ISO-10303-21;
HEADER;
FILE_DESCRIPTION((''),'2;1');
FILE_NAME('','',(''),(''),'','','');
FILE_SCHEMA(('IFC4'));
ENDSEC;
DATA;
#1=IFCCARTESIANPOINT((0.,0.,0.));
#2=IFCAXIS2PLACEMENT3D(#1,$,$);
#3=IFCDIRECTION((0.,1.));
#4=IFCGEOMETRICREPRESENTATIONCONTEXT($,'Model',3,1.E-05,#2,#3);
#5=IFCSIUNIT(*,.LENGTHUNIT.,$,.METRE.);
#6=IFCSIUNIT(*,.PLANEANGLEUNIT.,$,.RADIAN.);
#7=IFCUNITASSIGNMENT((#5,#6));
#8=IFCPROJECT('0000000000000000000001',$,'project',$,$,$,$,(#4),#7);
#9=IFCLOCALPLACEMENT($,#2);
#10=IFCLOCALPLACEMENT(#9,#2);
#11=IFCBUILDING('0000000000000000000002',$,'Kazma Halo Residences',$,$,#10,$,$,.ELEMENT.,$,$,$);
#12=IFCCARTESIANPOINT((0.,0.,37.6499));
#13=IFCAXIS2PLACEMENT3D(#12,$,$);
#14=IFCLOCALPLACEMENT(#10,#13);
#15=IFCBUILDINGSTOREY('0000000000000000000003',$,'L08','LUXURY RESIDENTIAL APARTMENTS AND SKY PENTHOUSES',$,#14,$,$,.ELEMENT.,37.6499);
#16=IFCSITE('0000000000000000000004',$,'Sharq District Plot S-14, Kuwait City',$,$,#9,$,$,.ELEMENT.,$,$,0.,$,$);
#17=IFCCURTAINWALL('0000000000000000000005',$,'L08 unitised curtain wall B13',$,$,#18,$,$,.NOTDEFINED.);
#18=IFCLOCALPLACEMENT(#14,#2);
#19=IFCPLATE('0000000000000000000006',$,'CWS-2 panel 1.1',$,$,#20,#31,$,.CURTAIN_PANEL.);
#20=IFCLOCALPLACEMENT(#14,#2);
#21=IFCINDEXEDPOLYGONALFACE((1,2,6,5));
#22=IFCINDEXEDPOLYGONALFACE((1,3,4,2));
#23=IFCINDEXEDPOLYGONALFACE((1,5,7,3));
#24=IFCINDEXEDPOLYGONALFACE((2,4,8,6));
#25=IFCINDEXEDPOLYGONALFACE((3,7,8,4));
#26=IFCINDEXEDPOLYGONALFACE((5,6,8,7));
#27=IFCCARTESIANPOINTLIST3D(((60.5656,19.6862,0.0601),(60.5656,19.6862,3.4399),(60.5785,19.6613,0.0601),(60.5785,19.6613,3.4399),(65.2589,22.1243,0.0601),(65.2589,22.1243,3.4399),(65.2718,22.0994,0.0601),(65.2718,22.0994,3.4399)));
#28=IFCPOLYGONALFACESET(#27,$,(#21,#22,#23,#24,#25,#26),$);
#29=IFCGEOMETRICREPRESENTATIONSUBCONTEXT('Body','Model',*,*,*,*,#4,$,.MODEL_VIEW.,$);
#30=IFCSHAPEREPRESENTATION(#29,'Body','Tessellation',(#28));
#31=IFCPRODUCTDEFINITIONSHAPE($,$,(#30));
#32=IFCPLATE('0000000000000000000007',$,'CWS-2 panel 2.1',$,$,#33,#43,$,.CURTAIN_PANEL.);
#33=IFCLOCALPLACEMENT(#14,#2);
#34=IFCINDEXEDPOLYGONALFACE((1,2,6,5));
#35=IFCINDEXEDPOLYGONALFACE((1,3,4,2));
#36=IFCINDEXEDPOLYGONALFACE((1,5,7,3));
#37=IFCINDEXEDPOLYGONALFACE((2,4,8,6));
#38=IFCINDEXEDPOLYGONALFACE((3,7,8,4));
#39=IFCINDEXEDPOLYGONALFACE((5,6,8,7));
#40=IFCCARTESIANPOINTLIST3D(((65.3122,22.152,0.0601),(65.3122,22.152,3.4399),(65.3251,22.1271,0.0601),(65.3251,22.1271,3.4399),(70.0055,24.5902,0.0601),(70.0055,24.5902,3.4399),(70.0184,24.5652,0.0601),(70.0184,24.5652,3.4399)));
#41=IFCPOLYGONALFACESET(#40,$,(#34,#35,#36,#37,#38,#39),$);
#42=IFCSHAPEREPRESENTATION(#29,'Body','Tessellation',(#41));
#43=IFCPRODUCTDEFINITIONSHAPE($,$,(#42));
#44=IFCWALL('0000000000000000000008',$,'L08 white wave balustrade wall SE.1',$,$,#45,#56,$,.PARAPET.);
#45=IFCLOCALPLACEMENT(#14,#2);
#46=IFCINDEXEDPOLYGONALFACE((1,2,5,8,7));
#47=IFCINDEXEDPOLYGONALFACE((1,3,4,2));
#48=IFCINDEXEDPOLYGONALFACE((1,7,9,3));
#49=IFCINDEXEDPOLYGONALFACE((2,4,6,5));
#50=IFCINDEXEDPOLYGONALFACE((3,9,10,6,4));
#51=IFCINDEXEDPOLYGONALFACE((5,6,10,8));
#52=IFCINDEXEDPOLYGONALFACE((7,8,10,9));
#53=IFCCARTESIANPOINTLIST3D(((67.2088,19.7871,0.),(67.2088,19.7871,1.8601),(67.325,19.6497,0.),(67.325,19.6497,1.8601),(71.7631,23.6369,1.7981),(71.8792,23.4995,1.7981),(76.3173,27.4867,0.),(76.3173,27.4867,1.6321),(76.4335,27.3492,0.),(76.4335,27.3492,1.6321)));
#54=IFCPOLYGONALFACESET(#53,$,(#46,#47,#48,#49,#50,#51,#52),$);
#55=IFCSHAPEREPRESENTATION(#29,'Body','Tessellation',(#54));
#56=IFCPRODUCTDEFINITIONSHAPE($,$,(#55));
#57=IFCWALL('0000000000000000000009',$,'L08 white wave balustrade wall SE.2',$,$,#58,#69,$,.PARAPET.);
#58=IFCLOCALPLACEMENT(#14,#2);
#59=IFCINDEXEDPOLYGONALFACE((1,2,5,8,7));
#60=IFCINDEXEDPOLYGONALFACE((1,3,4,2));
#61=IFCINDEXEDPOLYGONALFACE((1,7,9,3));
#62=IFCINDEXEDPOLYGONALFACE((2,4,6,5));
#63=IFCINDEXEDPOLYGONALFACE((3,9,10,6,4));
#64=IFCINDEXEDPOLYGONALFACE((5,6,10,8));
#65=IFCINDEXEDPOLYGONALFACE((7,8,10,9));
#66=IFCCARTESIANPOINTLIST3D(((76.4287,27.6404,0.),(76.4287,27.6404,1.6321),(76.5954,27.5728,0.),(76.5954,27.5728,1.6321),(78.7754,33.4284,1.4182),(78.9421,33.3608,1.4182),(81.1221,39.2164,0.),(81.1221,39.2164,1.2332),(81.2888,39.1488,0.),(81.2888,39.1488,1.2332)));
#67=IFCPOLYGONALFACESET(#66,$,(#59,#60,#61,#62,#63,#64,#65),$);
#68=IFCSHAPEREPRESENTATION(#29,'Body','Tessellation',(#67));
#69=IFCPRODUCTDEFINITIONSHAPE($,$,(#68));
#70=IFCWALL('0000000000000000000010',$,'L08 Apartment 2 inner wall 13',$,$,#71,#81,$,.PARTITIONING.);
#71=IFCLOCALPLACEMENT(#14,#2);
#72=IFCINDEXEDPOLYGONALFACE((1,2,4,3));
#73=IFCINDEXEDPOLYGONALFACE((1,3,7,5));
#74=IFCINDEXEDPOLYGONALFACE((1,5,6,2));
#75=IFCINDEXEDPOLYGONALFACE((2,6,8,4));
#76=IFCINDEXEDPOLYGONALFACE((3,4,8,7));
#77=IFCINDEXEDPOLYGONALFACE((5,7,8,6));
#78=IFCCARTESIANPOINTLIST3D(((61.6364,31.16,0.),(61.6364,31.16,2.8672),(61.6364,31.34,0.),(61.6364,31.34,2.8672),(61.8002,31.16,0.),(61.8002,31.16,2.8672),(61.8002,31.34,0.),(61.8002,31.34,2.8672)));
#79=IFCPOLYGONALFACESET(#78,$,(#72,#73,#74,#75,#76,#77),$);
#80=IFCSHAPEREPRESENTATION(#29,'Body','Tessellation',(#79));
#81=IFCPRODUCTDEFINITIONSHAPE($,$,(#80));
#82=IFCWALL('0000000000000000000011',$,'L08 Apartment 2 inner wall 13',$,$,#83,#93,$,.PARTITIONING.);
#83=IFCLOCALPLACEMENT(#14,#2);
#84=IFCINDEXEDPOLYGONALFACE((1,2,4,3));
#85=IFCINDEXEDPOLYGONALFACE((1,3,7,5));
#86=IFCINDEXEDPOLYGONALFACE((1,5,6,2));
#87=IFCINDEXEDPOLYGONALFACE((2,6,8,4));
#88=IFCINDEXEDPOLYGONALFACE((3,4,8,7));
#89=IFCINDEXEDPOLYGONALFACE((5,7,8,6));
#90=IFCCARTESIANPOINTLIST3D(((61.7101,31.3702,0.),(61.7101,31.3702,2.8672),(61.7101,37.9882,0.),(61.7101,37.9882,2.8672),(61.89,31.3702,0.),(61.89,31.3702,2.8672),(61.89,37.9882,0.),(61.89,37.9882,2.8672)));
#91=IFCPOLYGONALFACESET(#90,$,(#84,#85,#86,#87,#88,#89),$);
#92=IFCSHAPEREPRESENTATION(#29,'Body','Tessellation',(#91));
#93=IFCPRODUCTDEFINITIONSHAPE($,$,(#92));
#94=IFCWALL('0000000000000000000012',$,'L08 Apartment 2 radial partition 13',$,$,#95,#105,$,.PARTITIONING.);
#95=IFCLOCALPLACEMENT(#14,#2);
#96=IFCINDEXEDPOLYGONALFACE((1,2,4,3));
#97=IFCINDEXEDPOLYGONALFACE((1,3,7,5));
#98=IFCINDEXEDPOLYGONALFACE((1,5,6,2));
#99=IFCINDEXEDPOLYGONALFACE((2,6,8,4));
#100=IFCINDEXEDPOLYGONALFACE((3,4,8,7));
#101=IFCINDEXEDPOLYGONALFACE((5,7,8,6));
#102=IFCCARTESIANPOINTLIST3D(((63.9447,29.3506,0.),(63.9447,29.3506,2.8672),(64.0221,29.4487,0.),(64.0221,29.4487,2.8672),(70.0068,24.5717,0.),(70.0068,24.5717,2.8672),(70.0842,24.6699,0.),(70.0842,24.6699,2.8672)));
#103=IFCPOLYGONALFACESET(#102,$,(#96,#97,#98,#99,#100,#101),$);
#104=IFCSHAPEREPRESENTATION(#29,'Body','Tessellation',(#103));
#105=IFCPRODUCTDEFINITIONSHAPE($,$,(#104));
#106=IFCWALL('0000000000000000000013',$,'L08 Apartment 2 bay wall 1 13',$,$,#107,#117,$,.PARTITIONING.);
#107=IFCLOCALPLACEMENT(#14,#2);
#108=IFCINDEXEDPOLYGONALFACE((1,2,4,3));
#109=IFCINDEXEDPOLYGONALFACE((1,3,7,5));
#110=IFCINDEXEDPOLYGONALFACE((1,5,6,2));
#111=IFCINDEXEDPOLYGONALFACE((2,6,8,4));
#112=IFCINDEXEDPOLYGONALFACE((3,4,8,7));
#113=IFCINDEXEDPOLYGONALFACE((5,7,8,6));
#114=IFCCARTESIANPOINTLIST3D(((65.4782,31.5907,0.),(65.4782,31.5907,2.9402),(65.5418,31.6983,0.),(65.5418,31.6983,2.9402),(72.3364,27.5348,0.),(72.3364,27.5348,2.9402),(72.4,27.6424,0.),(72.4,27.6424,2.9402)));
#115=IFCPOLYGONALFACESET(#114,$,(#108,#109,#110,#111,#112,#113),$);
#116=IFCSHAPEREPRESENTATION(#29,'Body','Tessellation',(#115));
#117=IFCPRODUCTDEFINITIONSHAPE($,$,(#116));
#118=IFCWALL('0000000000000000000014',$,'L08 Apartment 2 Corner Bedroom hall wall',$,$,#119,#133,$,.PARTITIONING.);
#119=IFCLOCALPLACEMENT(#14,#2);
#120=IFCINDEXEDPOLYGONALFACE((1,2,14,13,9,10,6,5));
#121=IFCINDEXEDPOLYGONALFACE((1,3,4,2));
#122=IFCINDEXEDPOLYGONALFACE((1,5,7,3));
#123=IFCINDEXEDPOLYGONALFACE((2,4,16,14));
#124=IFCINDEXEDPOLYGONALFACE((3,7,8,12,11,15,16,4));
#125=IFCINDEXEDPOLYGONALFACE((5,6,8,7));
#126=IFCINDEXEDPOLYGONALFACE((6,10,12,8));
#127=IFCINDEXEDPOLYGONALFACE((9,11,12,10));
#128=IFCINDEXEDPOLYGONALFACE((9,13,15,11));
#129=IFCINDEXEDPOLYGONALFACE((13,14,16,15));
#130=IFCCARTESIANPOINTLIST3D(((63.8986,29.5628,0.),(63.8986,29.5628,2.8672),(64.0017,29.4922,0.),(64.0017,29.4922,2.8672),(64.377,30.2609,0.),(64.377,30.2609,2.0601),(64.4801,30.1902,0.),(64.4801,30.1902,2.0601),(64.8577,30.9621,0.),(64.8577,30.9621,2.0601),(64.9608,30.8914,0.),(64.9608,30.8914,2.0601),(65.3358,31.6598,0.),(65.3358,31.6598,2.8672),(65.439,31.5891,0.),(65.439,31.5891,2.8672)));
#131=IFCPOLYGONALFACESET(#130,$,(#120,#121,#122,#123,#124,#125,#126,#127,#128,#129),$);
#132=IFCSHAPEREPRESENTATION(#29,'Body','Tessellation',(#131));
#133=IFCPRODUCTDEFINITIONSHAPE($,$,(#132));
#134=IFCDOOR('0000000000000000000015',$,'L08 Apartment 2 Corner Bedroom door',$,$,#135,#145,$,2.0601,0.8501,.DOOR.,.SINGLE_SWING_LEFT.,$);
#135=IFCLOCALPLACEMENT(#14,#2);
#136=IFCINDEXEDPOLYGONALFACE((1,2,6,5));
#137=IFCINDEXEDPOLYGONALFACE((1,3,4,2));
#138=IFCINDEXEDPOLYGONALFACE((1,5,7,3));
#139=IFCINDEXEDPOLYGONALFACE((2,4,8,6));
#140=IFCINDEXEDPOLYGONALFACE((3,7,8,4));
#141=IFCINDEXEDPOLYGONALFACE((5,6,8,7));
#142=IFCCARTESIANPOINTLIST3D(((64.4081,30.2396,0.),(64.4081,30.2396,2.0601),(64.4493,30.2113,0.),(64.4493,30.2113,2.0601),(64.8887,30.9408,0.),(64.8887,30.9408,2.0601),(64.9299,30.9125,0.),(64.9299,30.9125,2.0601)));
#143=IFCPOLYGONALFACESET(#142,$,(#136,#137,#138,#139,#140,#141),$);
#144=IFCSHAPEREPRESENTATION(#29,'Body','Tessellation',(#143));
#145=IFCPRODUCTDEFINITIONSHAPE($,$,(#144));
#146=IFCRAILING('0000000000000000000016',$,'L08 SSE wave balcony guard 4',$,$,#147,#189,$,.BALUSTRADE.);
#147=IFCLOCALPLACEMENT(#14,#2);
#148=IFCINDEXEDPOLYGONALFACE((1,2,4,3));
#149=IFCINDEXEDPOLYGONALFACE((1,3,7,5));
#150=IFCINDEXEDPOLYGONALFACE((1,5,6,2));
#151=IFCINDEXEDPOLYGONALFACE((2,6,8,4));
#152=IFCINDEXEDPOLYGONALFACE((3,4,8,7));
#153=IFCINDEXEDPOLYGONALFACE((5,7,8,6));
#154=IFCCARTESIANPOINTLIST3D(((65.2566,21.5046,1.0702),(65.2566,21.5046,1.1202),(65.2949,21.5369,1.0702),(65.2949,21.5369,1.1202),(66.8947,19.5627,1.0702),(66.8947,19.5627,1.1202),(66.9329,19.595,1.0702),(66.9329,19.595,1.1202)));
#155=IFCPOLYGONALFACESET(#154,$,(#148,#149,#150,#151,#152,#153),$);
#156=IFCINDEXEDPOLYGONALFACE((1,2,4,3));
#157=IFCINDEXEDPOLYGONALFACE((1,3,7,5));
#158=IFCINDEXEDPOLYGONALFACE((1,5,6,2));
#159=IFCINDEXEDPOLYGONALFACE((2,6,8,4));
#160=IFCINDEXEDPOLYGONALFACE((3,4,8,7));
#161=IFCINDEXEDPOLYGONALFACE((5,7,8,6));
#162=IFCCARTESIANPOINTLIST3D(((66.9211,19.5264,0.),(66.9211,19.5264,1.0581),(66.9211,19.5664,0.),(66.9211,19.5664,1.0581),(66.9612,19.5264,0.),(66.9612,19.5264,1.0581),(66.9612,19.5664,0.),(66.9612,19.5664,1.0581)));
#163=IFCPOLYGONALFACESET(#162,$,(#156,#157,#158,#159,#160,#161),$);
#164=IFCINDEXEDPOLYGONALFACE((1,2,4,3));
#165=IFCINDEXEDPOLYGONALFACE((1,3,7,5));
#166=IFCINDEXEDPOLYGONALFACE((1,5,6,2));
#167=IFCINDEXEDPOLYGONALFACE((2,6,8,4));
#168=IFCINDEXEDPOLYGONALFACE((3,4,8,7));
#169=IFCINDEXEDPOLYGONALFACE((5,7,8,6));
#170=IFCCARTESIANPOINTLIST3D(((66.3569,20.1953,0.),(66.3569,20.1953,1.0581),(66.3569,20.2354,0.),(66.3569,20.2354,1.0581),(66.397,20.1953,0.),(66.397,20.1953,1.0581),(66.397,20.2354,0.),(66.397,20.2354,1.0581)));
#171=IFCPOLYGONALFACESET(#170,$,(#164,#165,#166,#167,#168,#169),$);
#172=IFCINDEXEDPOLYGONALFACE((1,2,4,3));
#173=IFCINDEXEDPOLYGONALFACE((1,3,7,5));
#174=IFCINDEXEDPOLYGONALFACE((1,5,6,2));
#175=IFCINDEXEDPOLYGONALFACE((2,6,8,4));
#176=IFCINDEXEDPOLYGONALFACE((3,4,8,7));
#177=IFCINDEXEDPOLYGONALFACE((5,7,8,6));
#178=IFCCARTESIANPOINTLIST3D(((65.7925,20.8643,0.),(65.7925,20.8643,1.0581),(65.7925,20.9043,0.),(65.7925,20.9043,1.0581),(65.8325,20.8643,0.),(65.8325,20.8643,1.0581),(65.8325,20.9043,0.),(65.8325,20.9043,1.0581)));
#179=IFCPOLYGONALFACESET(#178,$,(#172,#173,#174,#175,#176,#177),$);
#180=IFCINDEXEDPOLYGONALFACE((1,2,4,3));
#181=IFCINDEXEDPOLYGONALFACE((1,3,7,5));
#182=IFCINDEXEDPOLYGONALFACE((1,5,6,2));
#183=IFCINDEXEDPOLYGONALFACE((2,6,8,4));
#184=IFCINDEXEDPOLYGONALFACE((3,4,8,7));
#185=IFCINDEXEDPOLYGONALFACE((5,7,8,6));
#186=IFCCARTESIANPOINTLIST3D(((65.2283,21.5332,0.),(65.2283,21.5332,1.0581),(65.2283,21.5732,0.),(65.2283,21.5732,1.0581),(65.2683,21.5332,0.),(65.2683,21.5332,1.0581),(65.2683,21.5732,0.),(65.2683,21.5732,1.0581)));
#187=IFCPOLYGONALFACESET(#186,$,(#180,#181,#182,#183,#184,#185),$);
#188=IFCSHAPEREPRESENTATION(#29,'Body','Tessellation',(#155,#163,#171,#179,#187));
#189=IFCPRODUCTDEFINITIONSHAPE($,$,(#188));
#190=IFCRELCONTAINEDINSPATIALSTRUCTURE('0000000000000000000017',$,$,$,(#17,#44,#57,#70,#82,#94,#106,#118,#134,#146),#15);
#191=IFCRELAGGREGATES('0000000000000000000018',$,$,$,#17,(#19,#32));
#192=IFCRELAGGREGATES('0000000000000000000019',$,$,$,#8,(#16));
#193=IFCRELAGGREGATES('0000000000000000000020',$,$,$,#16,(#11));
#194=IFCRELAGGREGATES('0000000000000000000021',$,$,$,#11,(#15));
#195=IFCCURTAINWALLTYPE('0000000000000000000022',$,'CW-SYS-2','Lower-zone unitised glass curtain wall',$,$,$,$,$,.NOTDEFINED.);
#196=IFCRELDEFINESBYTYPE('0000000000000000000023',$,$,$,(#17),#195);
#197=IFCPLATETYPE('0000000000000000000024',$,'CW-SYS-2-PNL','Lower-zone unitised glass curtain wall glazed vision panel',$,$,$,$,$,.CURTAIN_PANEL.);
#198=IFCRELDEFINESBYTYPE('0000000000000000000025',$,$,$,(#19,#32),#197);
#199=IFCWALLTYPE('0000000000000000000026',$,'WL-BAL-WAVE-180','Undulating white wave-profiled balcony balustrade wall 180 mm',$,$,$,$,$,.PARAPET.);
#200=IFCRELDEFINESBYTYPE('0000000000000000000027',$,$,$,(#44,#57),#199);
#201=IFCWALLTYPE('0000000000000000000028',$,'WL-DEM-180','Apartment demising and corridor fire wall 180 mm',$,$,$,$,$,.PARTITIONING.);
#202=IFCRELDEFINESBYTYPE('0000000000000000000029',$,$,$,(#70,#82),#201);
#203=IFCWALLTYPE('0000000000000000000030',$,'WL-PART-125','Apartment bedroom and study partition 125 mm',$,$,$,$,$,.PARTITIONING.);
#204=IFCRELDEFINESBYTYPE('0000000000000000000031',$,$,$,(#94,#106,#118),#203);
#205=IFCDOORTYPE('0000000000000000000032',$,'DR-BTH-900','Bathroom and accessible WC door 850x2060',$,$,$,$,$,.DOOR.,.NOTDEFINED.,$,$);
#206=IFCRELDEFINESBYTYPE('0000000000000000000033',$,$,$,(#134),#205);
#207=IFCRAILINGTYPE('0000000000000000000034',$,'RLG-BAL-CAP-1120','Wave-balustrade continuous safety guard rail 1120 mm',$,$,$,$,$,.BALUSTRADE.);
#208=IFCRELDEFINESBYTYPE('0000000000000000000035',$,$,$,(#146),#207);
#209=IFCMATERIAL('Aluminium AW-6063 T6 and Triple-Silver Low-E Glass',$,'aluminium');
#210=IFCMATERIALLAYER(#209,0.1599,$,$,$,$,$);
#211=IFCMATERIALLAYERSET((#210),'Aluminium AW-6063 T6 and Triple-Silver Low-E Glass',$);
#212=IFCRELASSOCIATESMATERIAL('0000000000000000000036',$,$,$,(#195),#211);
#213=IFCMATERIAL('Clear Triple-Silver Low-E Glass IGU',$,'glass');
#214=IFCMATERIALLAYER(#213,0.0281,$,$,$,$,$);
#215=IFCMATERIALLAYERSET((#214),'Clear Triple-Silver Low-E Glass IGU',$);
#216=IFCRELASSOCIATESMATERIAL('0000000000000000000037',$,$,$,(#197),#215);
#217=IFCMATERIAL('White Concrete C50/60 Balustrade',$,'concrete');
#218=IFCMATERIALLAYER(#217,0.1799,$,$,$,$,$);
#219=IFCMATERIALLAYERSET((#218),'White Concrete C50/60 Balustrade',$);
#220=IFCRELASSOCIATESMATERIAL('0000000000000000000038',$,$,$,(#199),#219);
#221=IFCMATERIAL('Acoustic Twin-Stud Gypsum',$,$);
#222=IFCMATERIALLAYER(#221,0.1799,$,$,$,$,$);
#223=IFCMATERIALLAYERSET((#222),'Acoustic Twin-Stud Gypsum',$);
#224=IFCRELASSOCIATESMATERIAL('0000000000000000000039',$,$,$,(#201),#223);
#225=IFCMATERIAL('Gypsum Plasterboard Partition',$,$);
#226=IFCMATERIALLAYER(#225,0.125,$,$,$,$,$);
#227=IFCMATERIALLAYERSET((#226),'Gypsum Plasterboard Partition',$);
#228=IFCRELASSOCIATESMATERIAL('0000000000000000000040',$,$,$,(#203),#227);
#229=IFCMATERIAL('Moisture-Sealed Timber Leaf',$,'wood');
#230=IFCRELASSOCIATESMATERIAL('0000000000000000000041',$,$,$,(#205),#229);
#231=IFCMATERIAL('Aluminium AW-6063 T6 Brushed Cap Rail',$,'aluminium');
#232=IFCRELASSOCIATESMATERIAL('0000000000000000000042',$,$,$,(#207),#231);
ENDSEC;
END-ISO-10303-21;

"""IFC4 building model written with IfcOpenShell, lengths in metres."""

from ifc_helpers import new_model, si_unit, direction, frame, frame_2d, origin, origin_2d, place, context, subcontext, project, spatial, polyline, rectangle, outline, extrude, material, layer, layer_set, type_object, element, fill, aggregate, save


model = new_model("IFC4")

# Units and contexts
model_context = context("Model", 3, precision=1e-05, world=origin(), true_north=direction((0.0, 1.0)))
body_context = subcontext(model_context, "Body", "Model", "MODEL_VIEW")
ifc_project = project(units=[si_unit("LENGTHUNIT", "METRE"), si_unit("PLANEANGLEUNIT", "RADIAN")], contexts=[model_context])

# Site, building, storey
site_placement = place(None, origin())
site = spatial("IfcSite", under=ifc_project, at=site_placement, Name="Sharq District Plot S-14, Kuwait City", CompositionType="ELEMENT", RefElevation=0.0)
building_placement = place(site_placement, origin())
building = spatial("IfcBuilding", under=site, at=building_placement, Name="Kazma Halo Residences", CompositionType="ELEMENT")
storey_placement = place(building_placement, frame((0.0, 0.0, 37.6499)))
storey = spatial("IfcBuildingStorey", under=building, at=storey_placement, Name="L08", Description="LUXURY RESIDENTIAL APARTMENTS AND SKY PENTHOUSES", CompositionType="ELEMENT", Elevation=37.6499)

# Curtain wall, plates
ifc_material_1 = material(Name="Aluminium AW-6063 T6 and Triple-Silver Low-E Glass", Category="aluminium")
ifc_layer_1 = layer(ifc_material_1, 0.1599)
ifc_layer_set_1 = layer_set([ifc_layer_1], Name="Aluminium AW-6063 T6 and Triple-Silver Low-E Glass")
curtain_wall_type = type_object("IfcCurtainWallType", Name="CW-SYS-2", Description="Lower-zone unitised glass curtain wall", PredefinedType="NOTDEFINED", material=ifc_layer_set_1)
curtain_wall_placement = place(storey_placement, origin())
curtain_wall = element("IfcCurtainWall", 1, at=curtain_wall_placement, inside=storey, type_object=curtain_wall_type, Name="L08 unitised curtain wall B13", PredefinedType="NOTDEFINED")
ifc_material_2 = material(Name="Clear Triple-Silver Low-E Glass IGU", Category="glass")
ifc_layer_2 = layer(ifc_material_2, 0.0281)
ifc_layer_set_2 = layer_set([ifc_layer_2], Name="Clear Triple-Silver Low-E Glass IGU")
plate_type = type_object("IfcPlateType", Name="CW-SYS-2-PNL", Description="Lower-zone unitised glass curtain wall glazed vision panel", PredefinedType="CURTAIN_PANEL", material=ifc_layer_set_2)
plate_1_placement = place(storey_placement, frame((62.9187, 20.8928, 0.0601), z_axis=(0.0, 0.0, 1.0), x_axis=(0.887402, 0.460996, 0.0)))
plate_1 = element("IfcPlate", 2, at=plate_1_placement, type_object=plate_type, Name="CWS-2 panel 1.1", PredefinedType="CURTAIN_PANEL", context=body_context, shape_type="SweptSolid", body=[
    extrude(rectangle(XDim=5.2888, YDim=0.0281, at=origin_2d()), origin(), (0.0, 0.0, 1.0), 3.3799),
])
plate_2_placement = place(storey_placement, frame((67.6653, 23.3586, 0.0601), z_axis=(0.0, 0.0, 1.0), x_axis=(0.887402, 0.460996, 0.0)))
plate_2 = element("IfcPlate", 3, at=plate_2_placement, type_object=plate_type, Name="CWS-2 panel 2.1", PredefinedType="CURTAIN_PANEL", context=body_context, shape_type="SweptSolid", body=[
    extrude(rectangle(XDim=5.2888, YDim=0.0281, at=origin_2d()), origin(), (0.0, 0.0, 1.0), 3.3799),
])
aggregate(curtain_wall, [plate_1, plate_2])

# Walls
ifc_material_3 = material(Name="White Concrete C50/60 Balustrade", Category="concrete")
ifc_layer_3 = layer(ifc_material_3, 0.1799)
ifc_layer_set_3 = layer_set([ifc_layer_3], Name="White Concrete C50/60 Balustrade")
wall_type_1 = type_object("IfcWallType", Name="WL-BAL-WAVE-180", Description="Undulating white wave-profiled balcony balustrade wall 180 mm", PredefinedType="PARAPET", material=ifc_layer_set_3)
wall_1_placement = place(storey_placement, frame((67.2668, 19.7185, 0.0), z_axis=(0.0, 0.0, 1.0), x_axis=(0.763702, 0.645569, 0.0)))
element("IfcWall", 4, at=wall_1_placement, inside=storey, type_object=wall_type_1, Name="L08 white wave balustrade wall SE.1", PredefinedType="PARAPET", context=body_context, shape_type="SweptSolid", body=[
    extrude(outline(polyline([(0.0, 0.0), (11.9268, 0.0), (11.9268, 1.6321), (5.9634, 1.7981), (0.0, 1.8601), (0.0, 0.0)])), frame((0.0, 0.0898, 0.0), z_axis=(0.0, -1.0, 0.0), x_axis=(1.0, 0.0, 0.0)), (0.0, 0.0, 1.0), 0.1799),
])
wall_2_placement = place(storey_placement, frame((76.512, 27.6067, 0.0), z_axis=(0.0, 0.0, 1.0), x_axis=(0.375734, 0.926728, 0.0)))
element("IfcWall", 5, at=wall_2_placement, inside=storey, type_object=wall_type_1, Name="L08 white wave balustrade wall SE.2", PredefinedType="PARAPET", context=body_context, shape_type="SweptSolid", body=[
    extrude(outline(polyline([(0.0, 0.0), (12.4912, 0.0), (12.4912, 1.2332), (6.2456, 1.4182), (0.0, 1.6321), (0.0, 0.0)])), frame((0.0, 0.0898, 0.0), z_axis=(0.0, -1.0, 0.0), x_axis=(1.0, 0.0, 0.0)), (0.0, 0.0, 1.0), 0.1799),
])
ifc_material_4 = material(Name="Acoustic Twin-Stud Gypsum")
ifc_layer_4 = layer(ifc_material_4, 0.1799)
ifc_layer_set_4 = layer_set([ifc_layer_4], Name="Acoustic Twin-Stud Gypsum")
wall_type_2 = type_object("IfcWallType", Name="WL-DEM-180", Description="Apartment demising and corridor fire wall 180 mm", PredefinedType="PARTITIONING", material=ifc_layer_set_4)
wall_3_placement = place(storey_placement, frame((61.6362, 31.25, 0.0), z_axis=(0.0, 0.0, 1.0), x_axis=(1.0, 0.0, 0.0)))
element("IfcWall", 6, at=wall_3_placement, inside=storey, type_object=wall_type_2, Name="L08 Apartment 2 inner wall 13", PredefinedType="PARTITIONING", context=body_context, shape_type="SweptSolid", body=[
    extrude(rectangle(XDim=0.1638, YDim=0.1799, at=frame_2d((0.082, 0.0))), origin(), (0.0, 0.0, 1.0), 2.8672),
])
wall_4_placement = place(storey_placement, frame((61.8, 31.3701, 0.0), z_axis=(0.0, 0.0, 1.0), x_axis=(0.0, 1.0, 0.0)))
element("IfcWall", 7, at=wall_4_placement, inside=storey, type_object=wall_type_2, Name="L08 Apartment 2 inner wall 13", PredefinedType="PARTITIONING", context=body_context, shape_type="SweptSolid", body=[
    extrude(rectangle(XDim=6.6179, YDim=0.1799, at=frame_2d((3.3091, 0.0))), origin(), (0.0, 0.0, 1.0), 2.8672),
])

# Walls
ifc_material_5 = material(Name="Gypsum Plasterboard Partition")
ifc_layer_5 = layer(ifc_material_5, 0.125)
ifc_layer_set_5 = layer_set([ifc_layer_5], Name="Gypsum Plasterboard Partition")
wall_type_3 = type_object("IfcWallType", Name="WL-PART-125", Description="Apartment bedroom and study partition 125 mm", PredefinedType="PARTITIONING", material=ifc_layer_set_5)
wall_5_placement = place(storey_placement, frame((63.9834, 29.3997, 0.0), z_axis=(0.0, 0.0, 1.0), x_axis=(0.785323, -0.619086, 0.0)))
element("IfcWall", 8, at=wall_5_placement, inside=storey, type_object=wall_type_3, Name="L08 Apartment 2 radial partition 13", PredefinedType="PARTITIONING", context=body_context, shape_type="SweptSolid", body=[
    extrude(rectangle(XDim=7.7192, YDim=0.125, at=frame_2d((3.8596, 0.0))), origin(), (0.0, 0.0, 1.0), 2.8672),
])
wall_6_placement = place(storey_placement, frame((65.51, 31.6445, 0.0), z_axis=(0.0, 0.0, 1.0), x_axis=(0.860742, -0.509042, 0.0)))
element("IfcWall", 9, at=wall_6_placement, inside=storey, type_object=wall_type_3, Name="L08 Apartment 2 bay wall 1 13", PredefinedType="PARTITIONING", context=body_context, shape_type="SweptSolid", body=[
    extrude(rectangle(XDim=7.9678, YDim=0.125, at=frame_2d((3.9839, 0.0))), origin(), (0.0, 0.0, 1.0), 2.9402),
])

# Wall, opening, door
wall_7_placement = place(storey_placement, frame((63.9502, 29.5276, 0.0), z_axis=(0.0, 0.0, 1.0), x_axis=(0.565359, 0.824845, 0.0)))
wall_7 = element("IfcWall", 10, at=wall_7_placement, inside=storey, type_object=wall_type_3, Name="L08 Apartment 2 Corner Bedroom hall wall", PredefinedType="PARTITIONING", context=body_context, shape_type="SweptSolid", body=[
    extrude(rectangle(XDim=2.5422, YDim=0.125, at=frame_2d((1.271, 0.0))), origin(), (0.0, 0.0, 1.0), 2.8672),
])
opening_1_placement = place(wall_7_placement, frame((0.8462, 0.0, 0.0)))
opening_1 = element("IfcOpeningElement", 11, at=opening_1_placement, cuts=wall_7, PredefinedType="OPENING", context=body_context, shape_type="SweptSolid", body=[
    extrude(rectangle(XDim=0.8501, YDim=2.0601, at=frame_2d((0.425, 1.03))), frame((0.0, 0.0725, 0.0), z_axis=(0.0, -1.0, 0.0), x_axis=(1.0, 0.0, 0.0)), (0.0, 0.0, 1.0), 0.145),
])
ifc_material_6 = material(Name="Moisture-Sealed Timber Leaf", Category="wood")
door_type_1 = type_object("IfcDoorType", Name="DR-BTH-900", Description="Bathroom and accessible WC door 850x2060", OperationType="NOTDEFINED", PredefinedType="DOOR", material=ifc_material_6)
door_1_placement = place(opening_1_placement, origin())
door_1 = element("IfcDoor", 12, at=door_1_placement, inside=storey, type_object=door_type_1, Name="L08 Apartment 2 Corner Bedroom door", OperationType="SINGLE_SWING_LEFT", OverallHeight=2.0601, OverallWidth=0.8501, PredefinedType="DOOR", context=body_context, shape_type="SweptSolid", body=[
    extrude(rectangle(XDim=0.8501, YDim=2.0601, at=frame_2d((0.425, 1.03))), frame((0.0, 0.0249, 0.0), z_axis=(0.0, -1.0, 0.0), x_axis=(1.0, 0.0, 0.0)), (0.0, 0.0, 1.0), 0.05),
])
fill(opening_1, door_1)

# Railing
ifc_material_7 = material(Name="Aluminium AW-6063 T6 Brushed Cap Rail", Category="aluminium")
railing_type = type_object("IfcRailingType", Name="RLG-BAL-CAP-1120", Description="Wave-balustrade continuous safety guard rail 1120 mm", PredefinedType="BALUSTRADE", material=ifc_material_7)
railing_1_placement = place(storey_placement, frame((66.9412, 19.5464, 0.0)))
element("IfcRailing", 13, at=railing_1_placement, inside=storey, type_object=railing_type, Name="L08 SSE wave balcony guard 4", PredefinedType="BALUSTRADE", context=body_context, shape_type="SweptSolid", body=[
    extrude(rectangle(XDim=0.05, YDim=0.05, at=origin_2d()), frame((-0.0273, 0.0325, 1.0952), z_axis=(-0.644783, 0.764366, 0.0), x_axis=(-0.764366, -0.644783, 0.0)), (0.0, 0.0, 1.0), 2.5405),
    extrude(rectangle(XDim=0.04, YDim=0.04, at=origin_2d()), origin(), (0.0, 0.0, 1.0), 1.0581),
    extrude(rectangle(XDim=0.04, YDim=0.04, at=origin_2d()), frame((-0.5642, 0.6689, 0.0)), (0.0, 0.0, 1.0), 1.0581),
    extrude(rectangle(XDim=0.04, YDim=0.04, at=origin_2d()), frame((-1.1287, 1.3379, 0.0)), (0.0, 0.0, 1.0), 1.0581),
    extrude(rectangle(XDim=0.04, YDim=0.04, at=origin_2d()), frame((-1.6929, 2.0068, 0.0)), (0.0, 0.0, 1.0), 1.0581),
])

save(model, "model.ifc")
